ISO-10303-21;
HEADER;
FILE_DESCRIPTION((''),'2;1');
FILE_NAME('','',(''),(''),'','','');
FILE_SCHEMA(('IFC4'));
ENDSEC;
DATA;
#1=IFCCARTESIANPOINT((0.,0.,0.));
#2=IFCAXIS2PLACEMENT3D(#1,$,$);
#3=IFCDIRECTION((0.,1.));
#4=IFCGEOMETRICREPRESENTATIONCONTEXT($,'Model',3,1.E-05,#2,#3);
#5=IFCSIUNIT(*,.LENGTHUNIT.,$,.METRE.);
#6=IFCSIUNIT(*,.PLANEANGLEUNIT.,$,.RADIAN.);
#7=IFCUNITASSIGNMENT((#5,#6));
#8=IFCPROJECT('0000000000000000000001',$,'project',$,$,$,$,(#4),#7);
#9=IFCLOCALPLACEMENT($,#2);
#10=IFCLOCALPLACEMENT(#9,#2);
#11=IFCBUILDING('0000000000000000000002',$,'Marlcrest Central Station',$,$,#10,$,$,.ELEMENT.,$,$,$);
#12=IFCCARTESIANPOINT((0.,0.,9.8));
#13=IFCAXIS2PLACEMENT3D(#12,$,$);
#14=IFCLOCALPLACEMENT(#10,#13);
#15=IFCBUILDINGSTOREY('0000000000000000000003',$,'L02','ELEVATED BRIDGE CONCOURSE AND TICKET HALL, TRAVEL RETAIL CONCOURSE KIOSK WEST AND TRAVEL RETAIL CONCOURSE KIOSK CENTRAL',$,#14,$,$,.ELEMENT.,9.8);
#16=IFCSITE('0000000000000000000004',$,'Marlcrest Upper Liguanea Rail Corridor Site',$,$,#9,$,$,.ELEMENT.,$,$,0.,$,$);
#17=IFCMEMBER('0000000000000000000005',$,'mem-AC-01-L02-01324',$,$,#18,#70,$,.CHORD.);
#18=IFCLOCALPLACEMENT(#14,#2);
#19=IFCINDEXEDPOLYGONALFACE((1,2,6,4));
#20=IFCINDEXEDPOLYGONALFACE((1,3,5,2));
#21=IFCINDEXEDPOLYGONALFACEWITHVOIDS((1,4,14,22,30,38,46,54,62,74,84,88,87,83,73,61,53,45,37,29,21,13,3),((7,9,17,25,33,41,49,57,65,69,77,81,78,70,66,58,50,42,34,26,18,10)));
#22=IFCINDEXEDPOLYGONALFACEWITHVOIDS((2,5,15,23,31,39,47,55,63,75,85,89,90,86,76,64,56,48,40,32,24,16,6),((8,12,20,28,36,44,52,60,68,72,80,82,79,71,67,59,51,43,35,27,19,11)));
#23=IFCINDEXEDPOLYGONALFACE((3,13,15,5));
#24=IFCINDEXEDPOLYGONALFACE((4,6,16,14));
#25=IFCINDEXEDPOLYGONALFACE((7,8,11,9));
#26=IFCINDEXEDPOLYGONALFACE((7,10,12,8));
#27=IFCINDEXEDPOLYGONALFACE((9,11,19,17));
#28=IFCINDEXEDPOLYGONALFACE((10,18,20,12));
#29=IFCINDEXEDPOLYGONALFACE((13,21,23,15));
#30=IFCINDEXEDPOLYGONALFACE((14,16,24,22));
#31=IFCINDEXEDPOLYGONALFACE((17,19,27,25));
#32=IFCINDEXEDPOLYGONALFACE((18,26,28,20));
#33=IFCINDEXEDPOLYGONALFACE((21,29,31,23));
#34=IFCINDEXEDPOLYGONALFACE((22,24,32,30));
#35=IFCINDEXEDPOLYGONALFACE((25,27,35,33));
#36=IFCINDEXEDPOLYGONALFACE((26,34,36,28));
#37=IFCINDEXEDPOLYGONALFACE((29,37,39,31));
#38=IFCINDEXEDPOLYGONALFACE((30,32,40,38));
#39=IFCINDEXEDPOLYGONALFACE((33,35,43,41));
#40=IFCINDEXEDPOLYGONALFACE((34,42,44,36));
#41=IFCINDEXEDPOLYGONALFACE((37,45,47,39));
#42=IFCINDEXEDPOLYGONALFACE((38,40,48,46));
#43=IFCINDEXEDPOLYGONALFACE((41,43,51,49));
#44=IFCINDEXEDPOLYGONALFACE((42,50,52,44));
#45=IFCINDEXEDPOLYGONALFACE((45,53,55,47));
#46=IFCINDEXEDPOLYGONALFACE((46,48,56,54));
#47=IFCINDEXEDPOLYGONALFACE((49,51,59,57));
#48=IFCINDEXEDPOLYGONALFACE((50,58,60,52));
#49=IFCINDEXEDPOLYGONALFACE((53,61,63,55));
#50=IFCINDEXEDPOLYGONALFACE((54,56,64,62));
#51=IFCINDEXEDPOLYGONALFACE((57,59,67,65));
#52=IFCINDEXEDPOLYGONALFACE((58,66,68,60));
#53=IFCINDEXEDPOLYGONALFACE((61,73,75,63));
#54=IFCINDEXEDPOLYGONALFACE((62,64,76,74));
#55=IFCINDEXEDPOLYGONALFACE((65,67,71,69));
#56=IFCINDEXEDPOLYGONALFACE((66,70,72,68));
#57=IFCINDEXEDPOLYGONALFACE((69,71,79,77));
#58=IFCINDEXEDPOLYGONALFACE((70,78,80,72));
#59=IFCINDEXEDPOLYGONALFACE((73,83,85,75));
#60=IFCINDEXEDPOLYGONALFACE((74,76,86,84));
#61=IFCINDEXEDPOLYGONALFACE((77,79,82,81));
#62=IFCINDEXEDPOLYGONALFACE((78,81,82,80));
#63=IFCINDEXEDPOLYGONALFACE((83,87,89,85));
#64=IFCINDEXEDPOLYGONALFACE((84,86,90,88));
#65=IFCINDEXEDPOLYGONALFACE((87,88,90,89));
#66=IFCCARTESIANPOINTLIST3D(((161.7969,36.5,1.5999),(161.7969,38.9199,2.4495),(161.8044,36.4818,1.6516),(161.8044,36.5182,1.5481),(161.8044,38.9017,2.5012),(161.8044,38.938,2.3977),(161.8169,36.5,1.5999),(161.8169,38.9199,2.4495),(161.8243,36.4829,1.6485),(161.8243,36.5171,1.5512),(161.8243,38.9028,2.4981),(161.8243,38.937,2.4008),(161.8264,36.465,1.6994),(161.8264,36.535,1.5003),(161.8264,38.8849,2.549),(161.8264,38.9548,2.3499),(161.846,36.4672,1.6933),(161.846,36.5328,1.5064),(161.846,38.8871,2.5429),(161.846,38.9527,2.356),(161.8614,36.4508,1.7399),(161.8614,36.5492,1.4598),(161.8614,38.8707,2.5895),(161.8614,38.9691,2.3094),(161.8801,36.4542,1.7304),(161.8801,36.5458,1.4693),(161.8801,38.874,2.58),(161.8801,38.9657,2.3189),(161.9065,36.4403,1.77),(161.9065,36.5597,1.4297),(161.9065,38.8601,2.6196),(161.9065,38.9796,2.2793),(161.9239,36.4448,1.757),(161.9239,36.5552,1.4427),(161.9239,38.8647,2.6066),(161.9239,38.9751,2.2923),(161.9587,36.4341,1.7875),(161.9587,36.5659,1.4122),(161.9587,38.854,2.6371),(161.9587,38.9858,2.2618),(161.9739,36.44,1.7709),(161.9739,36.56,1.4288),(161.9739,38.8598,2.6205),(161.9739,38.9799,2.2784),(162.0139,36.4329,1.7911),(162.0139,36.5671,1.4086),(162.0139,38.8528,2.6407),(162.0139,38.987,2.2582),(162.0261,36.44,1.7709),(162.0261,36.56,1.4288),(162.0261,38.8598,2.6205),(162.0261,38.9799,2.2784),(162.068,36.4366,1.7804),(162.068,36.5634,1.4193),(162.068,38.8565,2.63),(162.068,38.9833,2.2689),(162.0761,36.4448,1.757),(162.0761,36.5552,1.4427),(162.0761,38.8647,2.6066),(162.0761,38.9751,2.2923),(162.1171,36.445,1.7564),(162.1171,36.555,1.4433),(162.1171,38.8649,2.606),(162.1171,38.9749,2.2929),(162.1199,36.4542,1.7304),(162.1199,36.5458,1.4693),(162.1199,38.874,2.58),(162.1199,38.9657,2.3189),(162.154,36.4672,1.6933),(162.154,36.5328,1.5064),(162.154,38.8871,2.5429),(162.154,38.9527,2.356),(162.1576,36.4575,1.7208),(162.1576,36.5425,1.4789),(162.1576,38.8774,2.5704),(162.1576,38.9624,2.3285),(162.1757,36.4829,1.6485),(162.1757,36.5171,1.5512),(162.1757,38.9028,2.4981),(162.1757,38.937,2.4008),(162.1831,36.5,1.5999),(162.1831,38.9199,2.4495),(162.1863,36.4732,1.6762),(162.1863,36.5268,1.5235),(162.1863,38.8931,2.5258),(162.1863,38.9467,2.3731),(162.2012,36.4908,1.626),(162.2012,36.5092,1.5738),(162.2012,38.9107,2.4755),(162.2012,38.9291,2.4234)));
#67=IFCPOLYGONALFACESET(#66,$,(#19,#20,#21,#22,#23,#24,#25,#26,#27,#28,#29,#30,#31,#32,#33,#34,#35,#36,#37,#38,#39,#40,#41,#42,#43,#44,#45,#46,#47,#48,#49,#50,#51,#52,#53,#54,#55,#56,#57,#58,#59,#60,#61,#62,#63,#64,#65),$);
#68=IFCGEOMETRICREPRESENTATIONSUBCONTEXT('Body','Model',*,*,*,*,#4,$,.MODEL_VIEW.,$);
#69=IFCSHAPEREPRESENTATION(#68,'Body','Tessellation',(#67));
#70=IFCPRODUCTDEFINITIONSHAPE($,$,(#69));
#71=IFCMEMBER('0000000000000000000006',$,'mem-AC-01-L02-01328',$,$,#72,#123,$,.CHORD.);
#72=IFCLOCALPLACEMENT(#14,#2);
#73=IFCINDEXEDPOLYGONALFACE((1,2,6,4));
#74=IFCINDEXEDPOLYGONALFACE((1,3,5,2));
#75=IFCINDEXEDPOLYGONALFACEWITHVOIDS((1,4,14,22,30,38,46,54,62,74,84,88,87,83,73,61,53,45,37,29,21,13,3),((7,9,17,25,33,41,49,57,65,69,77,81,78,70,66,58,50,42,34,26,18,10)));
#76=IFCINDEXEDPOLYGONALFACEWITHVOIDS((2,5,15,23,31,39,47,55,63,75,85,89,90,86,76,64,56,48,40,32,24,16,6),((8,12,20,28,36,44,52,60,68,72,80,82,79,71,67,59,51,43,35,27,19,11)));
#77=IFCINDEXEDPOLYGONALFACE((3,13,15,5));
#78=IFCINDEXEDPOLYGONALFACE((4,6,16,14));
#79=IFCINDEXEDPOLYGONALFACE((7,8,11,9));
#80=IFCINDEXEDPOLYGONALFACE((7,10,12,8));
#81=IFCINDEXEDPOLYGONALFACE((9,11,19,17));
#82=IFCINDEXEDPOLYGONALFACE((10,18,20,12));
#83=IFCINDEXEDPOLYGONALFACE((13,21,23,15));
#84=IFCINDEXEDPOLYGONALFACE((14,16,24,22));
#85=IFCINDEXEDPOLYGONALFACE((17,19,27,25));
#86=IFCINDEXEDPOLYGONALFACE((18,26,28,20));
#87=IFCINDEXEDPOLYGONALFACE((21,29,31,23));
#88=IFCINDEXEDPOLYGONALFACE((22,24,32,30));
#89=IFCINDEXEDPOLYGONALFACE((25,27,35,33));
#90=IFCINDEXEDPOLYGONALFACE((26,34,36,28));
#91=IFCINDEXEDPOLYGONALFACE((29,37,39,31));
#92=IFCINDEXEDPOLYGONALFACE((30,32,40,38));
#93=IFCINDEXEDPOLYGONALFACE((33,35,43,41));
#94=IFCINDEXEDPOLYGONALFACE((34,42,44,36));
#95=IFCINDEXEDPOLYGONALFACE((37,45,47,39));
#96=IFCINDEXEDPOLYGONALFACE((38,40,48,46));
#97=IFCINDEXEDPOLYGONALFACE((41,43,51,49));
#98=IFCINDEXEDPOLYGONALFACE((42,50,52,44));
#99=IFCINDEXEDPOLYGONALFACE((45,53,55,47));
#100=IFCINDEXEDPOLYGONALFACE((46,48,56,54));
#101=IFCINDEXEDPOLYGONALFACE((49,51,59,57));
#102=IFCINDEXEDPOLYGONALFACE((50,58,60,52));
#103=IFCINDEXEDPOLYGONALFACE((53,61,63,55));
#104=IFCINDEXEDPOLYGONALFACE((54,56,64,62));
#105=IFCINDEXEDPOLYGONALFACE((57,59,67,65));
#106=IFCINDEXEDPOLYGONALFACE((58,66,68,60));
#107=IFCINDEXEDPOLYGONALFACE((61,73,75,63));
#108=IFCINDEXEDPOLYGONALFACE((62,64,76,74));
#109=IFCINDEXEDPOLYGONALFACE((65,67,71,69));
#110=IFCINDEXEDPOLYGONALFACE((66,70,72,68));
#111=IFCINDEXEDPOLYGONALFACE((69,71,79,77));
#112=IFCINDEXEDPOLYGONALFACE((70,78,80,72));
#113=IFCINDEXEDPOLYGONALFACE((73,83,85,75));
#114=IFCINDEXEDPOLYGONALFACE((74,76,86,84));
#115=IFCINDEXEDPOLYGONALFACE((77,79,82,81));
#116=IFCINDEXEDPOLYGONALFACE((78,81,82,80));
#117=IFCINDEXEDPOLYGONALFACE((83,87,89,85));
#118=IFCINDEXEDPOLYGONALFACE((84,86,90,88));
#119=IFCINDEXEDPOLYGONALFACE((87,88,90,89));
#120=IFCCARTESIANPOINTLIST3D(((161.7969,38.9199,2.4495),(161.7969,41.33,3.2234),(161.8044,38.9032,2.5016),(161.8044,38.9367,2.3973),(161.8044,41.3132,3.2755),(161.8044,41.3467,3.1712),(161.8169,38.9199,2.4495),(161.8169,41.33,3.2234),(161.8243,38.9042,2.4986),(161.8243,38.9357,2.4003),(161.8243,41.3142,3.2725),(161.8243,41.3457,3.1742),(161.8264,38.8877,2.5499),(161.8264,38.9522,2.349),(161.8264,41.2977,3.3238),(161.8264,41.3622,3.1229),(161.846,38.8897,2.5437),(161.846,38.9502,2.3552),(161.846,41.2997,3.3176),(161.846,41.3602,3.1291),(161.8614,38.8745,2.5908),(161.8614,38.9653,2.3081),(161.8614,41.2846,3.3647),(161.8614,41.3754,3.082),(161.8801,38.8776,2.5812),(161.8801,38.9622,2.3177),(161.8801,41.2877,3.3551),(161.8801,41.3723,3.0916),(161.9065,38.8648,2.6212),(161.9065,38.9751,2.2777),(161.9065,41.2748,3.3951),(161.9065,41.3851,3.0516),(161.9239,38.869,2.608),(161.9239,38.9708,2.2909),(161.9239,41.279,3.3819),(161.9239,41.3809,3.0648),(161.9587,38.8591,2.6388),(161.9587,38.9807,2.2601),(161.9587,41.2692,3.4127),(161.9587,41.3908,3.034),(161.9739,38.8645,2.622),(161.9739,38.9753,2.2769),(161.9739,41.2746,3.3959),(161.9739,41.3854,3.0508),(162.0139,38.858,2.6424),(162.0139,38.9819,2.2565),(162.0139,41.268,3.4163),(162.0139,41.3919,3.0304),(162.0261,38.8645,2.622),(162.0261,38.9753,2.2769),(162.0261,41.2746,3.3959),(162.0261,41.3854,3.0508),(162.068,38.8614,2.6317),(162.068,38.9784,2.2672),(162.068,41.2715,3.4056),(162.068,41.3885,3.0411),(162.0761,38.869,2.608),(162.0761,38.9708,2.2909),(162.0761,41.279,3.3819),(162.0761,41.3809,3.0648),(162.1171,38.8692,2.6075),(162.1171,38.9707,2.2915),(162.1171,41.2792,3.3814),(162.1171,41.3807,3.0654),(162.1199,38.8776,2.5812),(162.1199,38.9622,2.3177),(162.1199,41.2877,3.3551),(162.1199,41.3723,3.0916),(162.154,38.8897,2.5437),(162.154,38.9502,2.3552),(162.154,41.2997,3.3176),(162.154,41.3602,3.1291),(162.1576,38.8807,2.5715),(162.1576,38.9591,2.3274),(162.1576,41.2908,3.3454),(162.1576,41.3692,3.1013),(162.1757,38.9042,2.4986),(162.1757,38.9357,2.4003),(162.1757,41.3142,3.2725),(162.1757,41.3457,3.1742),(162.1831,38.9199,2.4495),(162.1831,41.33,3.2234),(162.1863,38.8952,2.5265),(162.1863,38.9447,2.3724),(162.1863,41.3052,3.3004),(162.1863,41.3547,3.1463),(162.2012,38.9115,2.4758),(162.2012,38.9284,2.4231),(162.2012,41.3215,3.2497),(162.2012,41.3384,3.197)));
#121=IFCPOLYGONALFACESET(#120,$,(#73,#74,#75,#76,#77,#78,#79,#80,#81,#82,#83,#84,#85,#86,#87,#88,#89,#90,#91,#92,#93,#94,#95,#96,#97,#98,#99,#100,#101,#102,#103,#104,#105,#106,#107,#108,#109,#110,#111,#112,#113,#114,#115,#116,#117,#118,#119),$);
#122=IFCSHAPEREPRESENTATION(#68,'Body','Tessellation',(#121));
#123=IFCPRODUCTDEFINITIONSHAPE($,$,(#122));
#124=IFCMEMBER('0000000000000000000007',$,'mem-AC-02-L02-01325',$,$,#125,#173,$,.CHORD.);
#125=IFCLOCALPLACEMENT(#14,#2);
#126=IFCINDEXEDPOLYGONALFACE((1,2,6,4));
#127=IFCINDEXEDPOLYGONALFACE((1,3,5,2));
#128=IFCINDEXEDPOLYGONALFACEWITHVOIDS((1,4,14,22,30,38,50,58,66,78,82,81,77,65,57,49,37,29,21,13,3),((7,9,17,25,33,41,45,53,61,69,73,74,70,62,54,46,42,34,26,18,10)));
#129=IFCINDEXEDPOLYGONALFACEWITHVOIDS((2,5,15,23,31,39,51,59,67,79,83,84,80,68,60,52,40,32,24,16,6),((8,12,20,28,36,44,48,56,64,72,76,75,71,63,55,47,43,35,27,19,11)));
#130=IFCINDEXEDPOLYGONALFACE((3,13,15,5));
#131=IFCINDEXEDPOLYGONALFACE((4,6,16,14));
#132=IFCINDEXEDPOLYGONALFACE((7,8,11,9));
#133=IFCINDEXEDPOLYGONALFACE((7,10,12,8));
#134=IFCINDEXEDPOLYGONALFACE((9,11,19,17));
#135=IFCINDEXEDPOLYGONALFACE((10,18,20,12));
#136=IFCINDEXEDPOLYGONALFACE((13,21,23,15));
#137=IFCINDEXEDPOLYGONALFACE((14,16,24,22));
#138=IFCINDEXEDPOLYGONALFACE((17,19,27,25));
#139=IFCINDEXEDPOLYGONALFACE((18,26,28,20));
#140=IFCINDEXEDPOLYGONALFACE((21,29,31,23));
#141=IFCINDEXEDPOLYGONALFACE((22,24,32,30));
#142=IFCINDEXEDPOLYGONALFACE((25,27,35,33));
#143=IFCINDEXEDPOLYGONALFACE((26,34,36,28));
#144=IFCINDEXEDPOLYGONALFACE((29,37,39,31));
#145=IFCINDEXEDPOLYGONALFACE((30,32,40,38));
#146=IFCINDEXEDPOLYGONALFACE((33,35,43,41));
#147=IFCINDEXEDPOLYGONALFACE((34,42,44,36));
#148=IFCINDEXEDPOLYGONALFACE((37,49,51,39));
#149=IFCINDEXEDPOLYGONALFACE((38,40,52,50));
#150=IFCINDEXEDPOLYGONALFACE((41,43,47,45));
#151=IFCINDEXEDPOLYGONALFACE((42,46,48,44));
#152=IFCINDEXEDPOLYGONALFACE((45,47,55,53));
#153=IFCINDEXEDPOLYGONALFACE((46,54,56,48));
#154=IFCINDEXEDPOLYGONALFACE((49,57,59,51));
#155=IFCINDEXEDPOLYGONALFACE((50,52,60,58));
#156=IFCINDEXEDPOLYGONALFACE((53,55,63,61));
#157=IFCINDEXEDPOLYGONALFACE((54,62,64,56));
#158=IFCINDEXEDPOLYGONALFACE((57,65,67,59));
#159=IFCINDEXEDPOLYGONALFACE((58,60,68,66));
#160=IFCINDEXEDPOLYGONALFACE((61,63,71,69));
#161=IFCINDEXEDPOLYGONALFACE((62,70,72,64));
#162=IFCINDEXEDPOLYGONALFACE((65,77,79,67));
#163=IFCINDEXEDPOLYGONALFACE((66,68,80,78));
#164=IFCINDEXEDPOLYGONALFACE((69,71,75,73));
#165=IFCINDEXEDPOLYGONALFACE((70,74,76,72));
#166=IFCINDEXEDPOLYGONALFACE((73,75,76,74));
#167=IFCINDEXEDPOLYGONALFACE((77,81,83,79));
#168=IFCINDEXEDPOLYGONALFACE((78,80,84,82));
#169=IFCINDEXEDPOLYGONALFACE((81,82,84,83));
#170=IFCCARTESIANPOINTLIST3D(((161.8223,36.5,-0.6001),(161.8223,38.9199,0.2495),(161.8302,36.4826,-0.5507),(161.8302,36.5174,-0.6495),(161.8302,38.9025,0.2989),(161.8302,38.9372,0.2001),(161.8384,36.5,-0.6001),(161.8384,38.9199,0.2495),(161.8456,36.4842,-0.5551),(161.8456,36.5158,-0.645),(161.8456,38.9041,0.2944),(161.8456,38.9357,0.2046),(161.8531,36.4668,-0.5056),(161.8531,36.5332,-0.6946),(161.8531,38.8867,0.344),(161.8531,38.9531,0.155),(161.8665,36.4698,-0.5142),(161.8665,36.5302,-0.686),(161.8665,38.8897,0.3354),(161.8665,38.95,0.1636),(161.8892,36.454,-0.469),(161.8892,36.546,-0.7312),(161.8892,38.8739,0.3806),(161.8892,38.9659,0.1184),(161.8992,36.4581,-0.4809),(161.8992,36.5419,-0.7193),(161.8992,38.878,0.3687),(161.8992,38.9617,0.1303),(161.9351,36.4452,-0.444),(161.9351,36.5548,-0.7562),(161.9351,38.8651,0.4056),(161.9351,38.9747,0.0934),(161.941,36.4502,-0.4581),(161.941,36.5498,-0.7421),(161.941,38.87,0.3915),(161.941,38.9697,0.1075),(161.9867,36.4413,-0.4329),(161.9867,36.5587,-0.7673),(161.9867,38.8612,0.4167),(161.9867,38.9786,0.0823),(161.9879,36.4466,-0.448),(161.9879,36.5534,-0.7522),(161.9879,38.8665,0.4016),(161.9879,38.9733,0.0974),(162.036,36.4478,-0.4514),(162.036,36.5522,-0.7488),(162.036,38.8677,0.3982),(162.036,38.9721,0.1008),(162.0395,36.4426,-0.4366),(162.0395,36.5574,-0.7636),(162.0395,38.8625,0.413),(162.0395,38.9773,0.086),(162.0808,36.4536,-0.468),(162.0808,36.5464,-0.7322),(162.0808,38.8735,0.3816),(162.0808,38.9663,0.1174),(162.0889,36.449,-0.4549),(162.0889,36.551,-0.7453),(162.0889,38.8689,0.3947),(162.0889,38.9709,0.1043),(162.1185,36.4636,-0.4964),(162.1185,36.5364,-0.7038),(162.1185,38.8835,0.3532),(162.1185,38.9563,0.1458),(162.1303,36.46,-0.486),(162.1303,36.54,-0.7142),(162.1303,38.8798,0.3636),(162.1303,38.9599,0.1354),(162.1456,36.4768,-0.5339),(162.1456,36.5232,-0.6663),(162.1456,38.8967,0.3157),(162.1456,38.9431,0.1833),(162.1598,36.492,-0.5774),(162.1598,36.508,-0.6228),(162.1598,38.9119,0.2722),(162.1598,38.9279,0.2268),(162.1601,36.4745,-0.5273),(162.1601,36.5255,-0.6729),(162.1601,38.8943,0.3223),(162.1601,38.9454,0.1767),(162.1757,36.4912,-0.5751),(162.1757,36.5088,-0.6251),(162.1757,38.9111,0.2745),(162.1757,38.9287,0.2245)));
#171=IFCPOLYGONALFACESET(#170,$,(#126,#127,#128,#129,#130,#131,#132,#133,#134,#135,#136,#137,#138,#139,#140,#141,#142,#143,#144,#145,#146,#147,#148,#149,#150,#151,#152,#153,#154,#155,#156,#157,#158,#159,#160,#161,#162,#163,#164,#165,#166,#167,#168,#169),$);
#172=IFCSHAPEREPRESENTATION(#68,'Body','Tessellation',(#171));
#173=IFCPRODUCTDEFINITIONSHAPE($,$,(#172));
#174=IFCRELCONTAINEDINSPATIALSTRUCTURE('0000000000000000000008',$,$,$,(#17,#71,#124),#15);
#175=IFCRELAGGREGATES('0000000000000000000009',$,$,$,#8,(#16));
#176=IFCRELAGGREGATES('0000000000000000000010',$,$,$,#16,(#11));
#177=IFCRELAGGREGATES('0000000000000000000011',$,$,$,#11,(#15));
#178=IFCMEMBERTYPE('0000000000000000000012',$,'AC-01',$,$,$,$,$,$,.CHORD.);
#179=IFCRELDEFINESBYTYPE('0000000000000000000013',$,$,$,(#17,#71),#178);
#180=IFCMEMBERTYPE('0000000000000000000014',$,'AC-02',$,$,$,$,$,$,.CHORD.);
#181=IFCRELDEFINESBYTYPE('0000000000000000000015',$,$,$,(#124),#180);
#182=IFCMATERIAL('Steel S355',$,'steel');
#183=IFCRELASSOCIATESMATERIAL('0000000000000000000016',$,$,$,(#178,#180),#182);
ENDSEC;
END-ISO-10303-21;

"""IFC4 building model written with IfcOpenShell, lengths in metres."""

from ifc_helpers import new_model, si_unit, direction, frame, origin, origin_2d, place, context, subcontext, project, spatial, hollow_circle, extrude, material, material_profile, profile_set, type_object, element, save


model = new_model("IFC4")

# Units and contexts
model_context = context("Model", 3, precision=1e-05, world=origin(), true_north=direction((0.0, 1.0)))
body_context = subcontext(model_context, "Body", "Model", "MODEL_VIEW")
ifc_project = project(units=[si_unit("LENGTHUNIT", "METRE"), si_unit("PLANEANGLEUNIT", "RADIAN")], contexts=[model_context])

# Site, building, storey
site_placement = place(None, origin())
site = spatial("IfcSite", under=ifc_project, at=site_placement, Name="Marlcrest Upper Liguanea Rail Corridor Site", CompositionType="ELEMENT", RefElevation=0.0)
building_placement = place(site_placement, origin())
building = spatial("IfcBuilding", under=site, at=building_placement, Name="Marlcrest Central Station", CompositionType="ELEMENT")
storey_placement = place(building_placement, frame((0.0, 0.0, 9.8)))
storey = spatial("IfcBuildingStorey", under=building, at=storey_placement, Name="L02", Description="ELEVATED BRIDGE CONCOURSE AND TICKET HALL, TRAVEL RETAIL CONCOURSE KIOSK WEST AND TRAVEL RETAIL CONCOURSE KIOSK CENTRAL", CompositionType="ELEMENT", Elevation=9.8)

# Members
ifc_material_1 = material(Name="Steel S355", Category="steel")
ifc_material_profile_1 = material_profile(ifc_material_1, hollow_circle(Radius=0.2031, WallThickness=0.02, at=origin_2d()), Name="CHS 406.4x20")
ifc_profile_set_1 = profile_set([ifc_material_profile_1], Name="Steel S355")
member_type_1 = type_object("IfcMemberType", Name="AC-01", PredefinedType="CHORD", material=ifc_profile_set_1)
member_1_placement = place(storey_placement, frame((162.0, 36.5, 1.5999), z_axis=(0.0, 0.943537, 0.331266), x_axis=(-1.0, 0.0, 0.0)))
element("IfcMember", 1, at=member_1_placement, inside=storey, type_object=member_type_1, Name="mem-AC-01-L02-01324", PredefinedType="CHORD", context=body_context, shape_type="SweptSolid", body=[
    extrude(hollow_circle(Radius=0.2031, WallThickness=0.02, at=origin_2d()), origin(), (0.0, 0.0, 1.0), 2.5647),
])
member_2_placement = place(storey_placement, frame((162.0, 38.9199, 2.4495), z_axis=(0.0, 0.952117, 0.305734), x_axis=(-1.0, 0.0, 0.0)))
element("IfcMember", 2, at=member_2_placement, inside=storey, type_object=member_type_1, Name="mem-AC-01-L02-01328", PredefinedType="CHORD", context=body_context, shape_type="SweptSolid", body=[
    extrude(hollow_circle(Radius=0.2031, WallThickness=0.02, at=origin_2d()), origin(), (0.0, 0.0, 1.0), 2.5312),
])
ifc_material_profile_2 = material_profile(ifc_material_1, hollow_circle(Radius=0.1777, WallThickness=0.0161, at=origin_2d()), Name="CHS 355.6x16")
ifc_profile_set_2 = profile_set([ifc_material_profile_2], Name="Steel S355")
member_type_2 = type_object("IfcMemberType", Name="AC-02", PredefinedType="CHORD", material=ifc_profile_set_2)
member_3_placement = place(storey_placement, frame((162.0, 36.5, -0.6001), z_axis=(0.0, 0.943537, 0.331266), x_axis=(-1.0, 0.0, 0.0)))
element("IfcMember", 3, at=member_3_placement, inside=storey, type_object=member_type_2, Name="mem-AC-02-L02-01325", PredefinedType="CHORD", context=body_context, shape_type="SweptSolid", body=[
    extrude(hollow_circle(Radius=0.1777, WallThickness=0.0161, at=origin_2d()), origin(), (0.0, 0.0, 1.0), 2.5647),
])

save(model, "model.ifc")
